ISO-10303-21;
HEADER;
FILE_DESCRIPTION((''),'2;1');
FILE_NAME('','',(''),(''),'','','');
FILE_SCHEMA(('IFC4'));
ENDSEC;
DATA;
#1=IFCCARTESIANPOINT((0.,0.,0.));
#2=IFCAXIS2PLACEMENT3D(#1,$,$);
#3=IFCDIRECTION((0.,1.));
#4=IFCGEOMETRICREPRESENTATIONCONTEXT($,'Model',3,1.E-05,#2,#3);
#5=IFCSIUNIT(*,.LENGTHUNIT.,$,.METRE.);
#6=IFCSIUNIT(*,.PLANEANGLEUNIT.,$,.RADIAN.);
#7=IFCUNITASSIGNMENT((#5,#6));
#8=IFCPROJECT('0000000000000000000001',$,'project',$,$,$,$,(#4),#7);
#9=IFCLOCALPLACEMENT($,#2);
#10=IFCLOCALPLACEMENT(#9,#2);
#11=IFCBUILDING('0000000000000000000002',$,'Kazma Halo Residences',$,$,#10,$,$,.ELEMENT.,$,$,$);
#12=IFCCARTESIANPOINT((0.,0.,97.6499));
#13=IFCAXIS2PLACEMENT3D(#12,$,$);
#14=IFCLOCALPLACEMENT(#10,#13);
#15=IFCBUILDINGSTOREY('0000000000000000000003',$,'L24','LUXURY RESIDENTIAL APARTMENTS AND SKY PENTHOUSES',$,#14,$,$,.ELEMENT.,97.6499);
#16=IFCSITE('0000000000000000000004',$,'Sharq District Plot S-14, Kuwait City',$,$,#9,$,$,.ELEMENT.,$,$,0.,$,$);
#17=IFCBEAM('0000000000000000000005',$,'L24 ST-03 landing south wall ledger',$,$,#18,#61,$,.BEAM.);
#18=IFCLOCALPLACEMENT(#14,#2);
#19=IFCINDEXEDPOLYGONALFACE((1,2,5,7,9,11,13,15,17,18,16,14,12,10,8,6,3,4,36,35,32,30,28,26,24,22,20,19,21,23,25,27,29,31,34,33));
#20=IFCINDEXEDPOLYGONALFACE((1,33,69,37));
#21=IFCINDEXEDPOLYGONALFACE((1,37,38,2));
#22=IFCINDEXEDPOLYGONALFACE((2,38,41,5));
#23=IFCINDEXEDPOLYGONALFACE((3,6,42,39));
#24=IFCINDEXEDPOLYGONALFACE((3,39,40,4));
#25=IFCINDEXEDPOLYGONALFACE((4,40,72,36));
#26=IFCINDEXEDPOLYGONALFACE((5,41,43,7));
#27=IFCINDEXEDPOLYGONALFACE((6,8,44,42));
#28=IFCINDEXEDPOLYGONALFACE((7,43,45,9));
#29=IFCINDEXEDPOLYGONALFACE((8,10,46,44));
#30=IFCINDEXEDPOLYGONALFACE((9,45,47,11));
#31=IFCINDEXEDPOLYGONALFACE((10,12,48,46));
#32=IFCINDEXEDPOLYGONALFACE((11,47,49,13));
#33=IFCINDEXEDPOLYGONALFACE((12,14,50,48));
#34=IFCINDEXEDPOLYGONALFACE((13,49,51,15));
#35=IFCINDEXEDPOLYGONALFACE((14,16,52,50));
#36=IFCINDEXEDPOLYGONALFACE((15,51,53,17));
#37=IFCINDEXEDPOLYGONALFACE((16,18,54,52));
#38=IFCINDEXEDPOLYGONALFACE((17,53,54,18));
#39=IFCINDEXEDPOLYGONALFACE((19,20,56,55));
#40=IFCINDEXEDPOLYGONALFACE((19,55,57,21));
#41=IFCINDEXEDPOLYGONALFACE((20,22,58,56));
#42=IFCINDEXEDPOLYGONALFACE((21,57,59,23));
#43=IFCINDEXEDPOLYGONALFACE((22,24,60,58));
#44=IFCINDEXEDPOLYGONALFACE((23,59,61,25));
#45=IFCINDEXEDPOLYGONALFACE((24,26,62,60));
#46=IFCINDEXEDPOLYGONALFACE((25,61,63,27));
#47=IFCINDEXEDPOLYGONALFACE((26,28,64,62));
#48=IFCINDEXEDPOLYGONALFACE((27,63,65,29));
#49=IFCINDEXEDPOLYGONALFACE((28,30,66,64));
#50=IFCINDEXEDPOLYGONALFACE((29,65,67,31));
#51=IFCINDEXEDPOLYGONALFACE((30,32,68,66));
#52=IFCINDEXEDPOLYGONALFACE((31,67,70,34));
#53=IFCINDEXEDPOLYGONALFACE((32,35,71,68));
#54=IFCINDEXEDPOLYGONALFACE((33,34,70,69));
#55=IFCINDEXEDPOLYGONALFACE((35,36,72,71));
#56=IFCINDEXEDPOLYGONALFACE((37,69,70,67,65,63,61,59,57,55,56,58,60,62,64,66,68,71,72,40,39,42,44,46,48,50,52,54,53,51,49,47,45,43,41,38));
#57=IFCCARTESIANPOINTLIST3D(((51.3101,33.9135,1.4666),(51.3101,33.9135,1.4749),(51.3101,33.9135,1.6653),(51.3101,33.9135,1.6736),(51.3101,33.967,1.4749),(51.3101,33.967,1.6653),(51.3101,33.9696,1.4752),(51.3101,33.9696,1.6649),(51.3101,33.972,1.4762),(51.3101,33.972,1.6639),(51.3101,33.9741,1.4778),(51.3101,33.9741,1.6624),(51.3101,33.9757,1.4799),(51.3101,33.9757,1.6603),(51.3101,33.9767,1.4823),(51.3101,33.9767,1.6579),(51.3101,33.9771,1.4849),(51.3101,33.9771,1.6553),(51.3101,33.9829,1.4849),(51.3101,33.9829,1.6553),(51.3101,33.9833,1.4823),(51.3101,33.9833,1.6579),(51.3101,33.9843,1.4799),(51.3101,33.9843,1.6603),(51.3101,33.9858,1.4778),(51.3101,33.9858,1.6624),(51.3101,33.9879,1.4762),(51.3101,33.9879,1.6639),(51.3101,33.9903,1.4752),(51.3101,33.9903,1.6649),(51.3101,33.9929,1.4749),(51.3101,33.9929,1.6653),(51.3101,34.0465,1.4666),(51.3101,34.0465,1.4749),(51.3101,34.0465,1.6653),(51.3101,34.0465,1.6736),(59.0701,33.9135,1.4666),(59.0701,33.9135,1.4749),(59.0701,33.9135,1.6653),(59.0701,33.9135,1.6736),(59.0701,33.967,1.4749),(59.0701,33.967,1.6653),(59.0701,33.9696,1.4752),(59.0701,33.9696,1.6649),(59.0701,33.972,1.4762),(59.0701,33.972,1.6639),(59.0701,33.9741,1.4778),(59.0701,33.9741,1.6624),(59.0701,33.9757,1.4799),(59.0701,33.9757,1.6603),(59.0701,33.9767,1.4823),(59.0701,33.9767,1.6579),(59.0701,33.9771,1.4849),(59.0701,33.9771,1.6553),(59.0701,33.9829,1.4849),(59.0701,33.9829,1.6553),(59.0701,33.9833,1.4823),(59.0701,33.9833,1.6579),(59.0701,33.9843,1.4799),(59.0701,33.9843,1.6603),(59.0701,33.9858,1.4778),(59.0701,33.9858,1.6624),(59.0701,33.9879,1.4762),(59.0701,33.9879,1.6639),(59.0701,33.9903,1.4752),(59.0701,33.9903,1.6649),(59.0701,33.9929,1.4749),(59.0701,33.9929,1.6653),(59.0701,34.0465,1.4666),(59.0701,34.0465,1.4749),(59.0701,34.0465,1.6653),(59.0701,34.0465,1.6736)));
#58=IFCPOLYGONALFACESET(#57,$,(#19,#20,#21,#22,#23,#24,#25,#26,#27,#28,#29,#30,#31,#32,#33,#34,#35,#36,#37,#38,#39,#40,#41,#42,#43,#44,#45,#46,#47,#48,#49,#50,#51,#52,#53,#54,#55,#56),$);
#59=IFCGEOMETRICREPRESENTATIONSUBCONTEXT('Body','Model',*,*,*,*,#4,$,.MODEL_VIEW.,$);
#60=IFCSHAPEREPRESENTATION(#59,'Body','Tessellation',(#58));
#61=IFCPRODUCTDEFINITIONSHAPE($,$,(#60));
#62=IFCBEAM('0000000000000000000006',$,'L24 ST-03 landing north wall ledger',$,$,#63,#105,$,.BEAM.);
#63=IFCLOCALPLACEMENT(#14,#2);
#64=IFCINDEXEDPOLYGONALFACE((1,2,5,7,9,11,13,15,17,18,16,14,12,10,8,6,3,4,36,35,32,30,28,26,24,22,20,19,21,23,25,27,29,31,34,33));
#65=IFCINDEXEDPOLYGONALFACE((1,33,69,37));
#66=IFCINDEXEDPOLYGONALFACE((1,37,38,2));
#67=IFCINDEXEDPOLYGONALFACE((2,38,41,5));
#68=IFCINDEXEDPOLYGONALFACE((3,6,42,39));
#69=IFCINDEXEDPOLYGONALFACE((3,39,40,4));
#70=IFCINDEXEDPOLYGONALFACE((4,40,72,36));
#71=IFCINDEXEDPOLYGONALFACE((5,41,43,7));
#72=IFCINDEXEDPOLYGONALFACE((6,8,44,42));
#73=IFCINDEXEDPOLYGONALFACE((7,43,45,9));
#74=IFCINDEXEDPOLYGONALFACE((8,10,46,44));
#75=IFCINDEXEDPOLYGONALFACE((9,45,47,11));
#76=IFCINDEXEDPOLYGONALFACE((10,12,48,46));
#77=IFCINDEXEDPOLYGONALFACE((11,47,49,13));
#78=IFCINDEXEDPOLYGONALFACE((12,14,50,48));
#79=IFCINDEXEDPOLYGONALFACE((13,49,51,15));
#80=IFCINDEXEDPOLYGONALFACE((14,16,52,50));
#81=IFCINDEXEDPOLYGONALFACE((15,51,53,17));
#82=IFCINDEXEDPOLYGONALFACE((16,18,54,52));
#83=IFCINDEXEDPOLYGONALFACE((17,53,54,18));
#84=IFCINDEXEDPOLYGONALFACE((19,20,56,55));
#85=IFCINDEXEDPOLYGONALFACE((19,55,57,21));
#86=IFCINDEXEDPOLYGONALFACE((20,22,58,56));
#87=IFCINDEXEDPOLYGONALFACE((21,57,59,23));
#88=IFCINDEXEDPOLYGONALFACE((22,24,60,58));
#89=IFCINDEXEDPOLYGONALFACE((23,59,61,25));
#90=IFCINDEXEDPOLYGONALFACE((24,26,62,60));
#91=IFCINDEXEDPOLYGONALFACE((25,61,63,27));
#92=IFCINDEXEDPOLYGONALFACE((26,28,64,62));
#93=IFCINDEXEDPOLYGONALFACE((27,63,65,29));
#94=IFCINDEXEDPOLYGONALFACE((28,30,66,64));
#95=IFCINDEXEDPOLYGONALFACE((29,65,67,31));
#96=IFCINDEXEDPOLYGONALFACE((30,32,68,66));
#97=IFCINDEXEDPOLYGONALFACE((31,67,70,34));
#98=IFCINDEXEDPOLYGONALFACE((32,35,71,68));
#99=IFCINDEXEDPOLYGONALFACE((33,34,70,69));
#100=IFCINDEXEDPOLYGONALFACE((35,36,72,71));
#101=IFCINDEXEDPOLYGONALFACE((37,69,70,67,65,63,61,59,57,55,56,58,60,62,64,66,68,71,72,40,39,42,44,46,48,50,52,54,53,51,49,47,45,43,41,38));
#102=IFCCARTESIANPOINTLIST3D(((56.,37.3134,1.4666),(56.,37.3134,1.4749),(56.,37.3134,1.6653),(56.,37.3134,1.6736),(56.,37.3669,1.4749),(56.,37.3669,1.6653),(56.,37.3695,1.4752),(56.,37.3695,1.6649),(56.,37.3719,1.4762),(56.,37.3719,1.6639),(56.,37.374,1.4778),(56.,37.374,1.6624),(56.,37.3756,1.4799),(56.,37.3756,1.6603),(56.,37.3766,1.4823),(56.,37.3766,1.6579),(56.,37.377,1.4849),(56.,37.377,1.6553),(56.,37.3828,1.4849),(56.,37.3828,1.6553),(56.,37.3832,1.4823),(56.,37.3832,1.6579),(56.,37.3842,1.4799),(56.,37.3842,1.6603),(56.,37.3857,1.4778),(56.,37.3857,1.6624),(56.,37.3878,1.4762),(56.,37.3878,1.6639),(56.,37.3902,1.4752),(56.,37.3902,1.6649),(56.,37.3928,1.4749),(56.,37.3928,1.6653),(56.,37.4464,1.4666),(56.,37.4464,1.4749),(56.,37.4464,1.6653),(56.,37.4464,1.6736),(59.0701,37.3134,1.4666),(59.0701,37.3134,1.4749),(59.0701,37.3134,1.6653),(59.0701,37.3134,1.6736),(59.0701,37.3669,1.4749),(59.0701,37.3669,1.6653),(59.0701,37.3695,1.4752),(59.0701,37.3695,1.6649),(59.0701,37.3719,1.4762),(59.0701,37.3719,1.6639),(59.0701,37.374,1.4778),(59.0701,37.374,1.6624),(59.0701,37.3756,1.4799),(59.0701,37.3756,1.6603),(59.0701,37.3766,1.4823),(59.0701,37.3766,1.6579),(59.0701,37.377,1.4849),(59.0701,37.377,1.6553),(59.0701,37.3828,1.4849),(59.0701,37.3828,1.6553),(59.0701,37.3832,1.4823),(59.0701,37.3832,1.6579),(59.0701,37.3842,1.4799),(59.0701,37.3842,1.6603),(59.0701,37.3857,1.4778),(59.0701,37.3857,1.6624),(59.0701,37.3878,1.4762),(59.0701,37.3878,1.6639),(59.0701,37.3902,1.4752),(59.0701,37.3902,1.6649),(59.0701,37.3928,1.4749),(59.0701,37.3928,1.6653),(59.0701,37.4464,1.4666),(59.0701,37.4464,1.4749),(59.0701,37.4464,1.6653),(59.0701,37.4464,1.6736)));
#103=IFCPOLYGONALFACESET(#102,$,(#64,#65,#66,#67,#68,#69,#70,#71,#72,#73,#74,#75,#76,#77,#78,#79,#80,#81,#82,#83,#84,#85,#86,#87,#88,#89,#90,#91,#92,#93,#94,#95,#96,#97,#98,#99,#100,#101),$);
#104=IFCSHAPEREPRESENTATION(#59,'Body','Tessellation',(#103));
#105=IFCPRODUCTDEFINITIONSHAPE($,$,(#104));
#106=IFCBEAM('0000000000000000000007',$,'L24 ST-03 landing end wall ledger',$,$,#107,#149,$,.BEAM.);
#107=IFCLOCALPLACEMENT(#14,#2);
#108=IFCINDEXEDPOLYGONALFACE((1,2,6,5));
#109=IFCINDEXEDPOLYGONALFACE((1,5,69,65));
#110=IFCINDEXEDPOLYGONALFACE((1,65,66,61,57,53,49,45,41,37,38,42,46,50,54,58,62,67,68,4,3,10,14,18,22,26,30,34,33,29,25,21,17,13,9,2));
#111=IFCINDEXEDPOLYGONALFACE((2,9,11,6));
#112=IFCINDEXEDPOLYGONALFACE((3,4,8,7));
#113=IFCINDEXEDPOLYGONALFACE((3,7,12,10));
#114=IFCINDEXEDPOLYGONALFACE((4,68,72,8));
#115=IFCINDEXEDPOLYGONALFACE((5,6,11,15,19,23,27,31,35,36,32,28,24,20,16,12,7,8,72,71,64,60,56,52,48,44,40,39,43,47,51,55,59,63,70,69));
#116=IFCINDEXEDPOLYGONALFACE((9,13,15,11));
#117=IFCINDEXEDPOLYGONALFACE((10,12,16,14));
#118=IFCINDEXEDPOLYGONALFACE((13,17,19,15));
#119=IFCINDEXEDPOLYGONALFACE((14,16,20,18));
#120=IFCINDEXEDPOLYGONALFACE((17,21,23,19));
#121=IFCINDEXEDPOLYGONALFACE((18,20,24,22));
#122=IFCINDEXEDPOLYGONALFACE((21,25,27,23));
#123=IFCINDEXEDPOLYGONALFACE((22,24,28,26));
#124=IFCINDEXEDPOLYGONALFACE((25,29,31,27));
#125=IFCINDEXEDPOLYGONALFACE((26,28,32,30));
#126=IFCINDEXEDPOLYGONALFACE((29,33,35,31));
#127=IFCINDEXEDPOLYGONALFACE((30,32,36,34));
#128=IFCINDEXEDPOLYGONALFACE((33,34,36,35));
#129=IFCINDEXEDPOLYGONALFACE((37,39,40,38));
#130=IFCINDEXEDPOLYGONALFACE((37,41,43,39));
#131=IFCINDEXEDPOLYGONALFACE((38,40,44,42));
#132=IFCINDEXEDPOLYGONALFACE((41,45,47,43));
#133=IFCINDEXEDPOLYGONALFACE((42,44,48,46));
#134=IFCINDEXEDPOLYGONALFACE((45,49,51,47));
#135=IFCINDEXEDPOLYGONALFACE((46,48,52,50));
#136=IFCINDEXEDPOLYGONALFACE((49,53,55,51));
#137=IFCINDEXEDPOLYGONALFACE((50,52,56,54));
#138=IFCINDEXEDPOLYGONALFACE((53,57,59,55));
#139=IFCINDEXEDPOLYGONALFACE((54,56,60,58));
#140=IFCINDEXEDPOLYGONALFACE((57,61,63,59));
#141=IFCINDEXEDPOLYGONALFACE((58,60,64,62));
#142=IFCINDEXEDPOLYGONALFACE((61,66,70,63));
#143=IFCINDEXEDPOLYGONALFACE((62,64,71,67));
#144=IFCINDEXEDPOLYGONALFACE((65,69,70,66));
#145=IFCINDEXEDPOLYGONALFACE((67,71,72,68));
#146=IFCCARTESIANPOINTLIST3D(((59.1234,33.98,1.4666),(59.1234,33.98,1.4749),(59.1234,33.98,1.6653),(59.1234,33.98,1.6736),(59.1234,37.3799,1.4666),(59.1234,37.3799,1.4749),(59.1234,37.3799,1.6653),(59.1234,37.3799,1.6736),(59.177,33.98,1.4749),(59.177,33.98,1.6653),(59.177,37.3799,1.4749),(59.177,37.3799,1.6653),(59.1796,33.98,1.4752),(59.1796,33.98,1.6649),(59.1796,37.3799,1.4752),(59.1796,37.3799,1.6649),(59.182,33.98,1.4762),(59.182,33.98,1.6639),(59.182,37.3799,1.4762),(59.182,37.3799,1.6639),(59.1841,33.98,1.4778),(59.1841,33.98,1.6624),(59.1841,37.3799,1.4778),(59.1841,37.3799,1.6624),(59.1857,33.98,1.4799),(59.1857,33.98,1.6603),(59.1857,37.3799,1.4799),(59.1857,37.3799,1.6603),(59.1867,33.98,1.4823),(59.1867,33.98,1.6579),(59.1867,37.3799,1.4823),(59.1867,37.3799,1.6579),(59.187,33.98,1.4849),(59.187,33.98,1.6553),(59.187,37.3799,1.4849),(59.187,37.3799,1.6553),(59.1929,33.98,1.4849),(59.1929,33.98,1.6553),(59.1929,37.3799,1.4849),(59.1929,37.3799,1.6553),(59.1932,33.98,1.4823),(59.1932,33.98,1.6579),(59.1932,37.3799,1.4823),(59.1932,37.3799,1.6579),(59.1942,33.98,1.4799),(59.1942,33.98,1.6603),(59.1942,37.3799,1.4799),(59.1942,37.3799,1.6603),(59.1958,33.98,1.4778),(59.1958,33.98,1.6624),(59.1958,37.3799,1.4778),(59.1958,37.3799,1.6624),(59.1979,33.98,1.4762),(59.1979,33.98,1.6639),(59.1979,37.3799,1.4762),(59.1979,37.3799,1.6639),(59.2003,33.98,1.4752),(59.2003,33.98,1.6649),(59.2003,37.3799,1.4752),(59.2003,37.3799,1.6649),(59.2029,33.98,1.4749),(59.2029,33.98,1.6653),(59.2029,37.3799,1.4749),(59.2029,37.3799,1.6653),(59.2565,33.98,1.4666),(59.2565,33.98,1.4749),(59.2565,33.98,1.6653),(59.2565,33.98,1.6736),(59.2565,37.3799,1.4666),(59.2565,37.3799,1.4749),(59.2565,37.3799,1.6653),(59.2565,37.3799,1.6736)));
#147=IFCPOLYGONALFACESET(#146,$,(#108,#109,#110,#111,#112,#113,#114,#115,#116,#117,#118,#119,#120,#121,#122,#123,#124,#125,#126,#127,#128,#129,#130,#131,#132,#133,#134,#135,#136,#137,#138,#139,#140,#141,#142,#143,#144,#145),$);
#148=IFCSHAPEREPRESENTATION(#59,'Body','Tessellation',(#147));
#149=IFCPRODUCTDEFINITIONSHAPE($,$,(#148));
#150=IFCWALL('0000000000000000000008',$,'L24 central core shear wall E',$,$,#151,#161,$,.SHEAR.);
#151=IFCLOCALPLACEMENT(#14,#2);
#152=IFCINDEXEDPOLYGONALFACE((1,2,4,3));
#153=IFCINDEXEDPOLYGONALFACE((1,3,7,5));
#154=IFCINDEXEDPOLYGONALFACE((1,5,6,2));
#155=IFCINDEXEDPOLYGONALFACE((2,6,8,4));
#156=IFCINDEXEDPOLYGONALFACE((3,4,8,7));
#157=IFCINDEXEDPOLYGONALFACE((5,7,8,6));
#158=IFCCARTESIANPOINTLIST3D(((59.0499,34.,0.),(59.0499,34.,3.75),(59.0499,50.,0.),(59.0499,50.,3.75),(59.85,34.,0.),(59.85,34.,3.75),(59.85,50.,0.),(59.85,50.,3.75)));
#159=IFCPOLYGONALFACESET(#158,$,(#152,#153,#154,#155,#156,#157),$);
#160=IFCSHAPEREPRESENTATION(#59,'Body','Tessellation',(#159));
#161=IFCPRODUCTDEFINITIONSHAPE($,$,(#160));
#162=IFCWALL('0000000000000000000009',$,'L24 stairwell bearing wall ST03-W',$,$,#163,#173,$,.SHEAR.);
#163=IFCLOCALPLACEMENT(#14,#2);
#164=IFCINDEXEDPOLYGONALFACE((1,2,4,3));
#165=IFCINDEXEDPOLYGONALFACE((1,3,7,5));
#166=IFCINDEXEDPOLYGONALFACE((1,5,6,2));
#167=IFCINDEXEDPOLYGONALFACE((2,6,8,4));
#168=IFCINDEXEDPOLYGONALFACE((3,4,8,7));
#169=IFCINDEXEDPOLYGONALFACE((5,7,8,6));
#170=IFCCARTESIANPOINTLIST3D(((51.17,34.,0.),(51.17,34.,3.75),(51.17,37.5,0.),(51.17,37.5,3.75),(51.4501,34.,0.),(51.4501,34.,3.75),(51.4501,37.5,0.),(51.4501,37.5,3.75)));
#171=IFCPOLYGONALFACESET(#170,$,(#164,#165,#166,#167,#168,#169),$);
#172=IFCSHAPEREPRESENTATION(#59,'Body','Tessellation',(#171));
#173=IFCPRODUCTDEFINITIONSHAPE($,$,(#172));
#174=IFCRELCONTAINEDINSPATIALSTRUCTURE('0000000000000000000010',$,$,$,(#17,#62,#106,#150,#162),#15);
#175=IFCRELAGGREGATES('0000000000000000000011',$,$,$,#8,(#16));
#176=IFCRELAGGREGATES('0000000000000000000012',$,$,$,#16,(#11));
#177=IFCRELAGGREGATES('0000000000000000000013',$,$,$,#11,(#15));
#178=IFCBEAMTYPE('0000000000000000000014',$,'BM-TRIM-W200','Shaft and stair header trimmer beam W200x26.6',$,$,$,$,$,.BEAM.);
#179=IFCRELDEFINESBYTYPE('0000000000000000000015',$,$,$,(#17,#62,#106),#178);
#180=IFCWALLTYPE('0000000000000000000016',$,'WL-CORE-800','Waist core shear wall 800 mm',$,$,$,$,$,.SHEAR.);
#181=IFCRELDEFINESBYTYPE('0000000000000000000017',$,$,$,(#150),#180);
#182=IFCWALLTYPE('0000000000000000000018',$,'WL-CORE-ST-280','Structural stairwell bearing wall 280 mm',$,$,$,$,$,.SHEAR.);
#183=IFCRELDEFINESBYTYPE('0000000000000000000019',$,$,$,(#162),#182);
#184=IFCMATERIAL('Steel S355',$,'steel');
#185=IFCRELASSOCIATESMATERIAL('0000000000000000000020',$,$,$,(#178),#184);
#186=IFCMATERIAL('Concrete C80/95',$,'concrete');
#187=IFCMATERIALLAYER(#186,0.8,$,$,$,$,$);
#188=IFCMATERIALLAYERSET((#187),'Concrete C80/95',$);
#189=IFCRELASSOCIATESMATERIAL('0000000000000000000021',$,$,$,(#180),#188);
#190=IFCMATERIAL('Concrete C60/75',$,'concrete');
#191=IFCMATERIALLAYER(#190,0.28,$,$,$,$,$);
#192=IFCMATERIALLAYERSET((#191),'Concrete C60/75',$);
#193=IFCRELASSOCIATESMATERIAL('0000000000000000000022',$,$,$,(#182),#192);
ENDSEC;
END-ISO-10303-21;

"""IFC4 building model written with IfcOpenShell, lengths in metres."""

from ifc_helpers import new_model, si_unit, direction, frame, frame_2d, origin, origin_2d, place, context, subcontext, project, spatial, rectangle, i_section, extrude, material, layer, layer_set, material_profile, profile_set, type_object, element, save


model = new_model("IFC4")

# Units and contexts
model_context = context("Model", 3, precision=1e-05, world=origin(), true_north=direction((0.0, 1.0)))
body_context = subcontext(model_context, "Body", "Model", "MODEL_VIEW")
ifc_project = project(units=[si_unit("LENGTHUNIT", "METRE"), si_unit("PLANEANGLEUNIT", "RADIAN")], contexts=[model_context])

# Site, building, storey
site_placement = place(None, origin())
site = spatial("IfcSite", under=ifc_project, at=site_placement, Name="Sharq District Plot S-14, Kuwait City", CompositionType="ELEMENT", RefElevation=0.0)
building_placement = place(site_placement, origin())
building = spatial("IfcBuilding", under=site, at=building_placement, Name="Kazma Halo Residences", CompositionType="ELEMENT")
storey_placement = place(building_placement, frame((0.0, 0.0, 97.6499)))
storey = spatial("IfcBuildingStorey", under=building, at=storey_placement, Name="L24", Description="LUXURY RESIDENTIAL APARTMENTS AND SKY PENTHOUSES", CompositionType="ELEMENT", Elevation=97.6499)

# Shared definitions
ifc_material_1 = material(Name="Steel S355", Category="steel")

# Beams
ifc_material_profile_1 = material_profile(ifc_material_1, i_section(OverallWidth=0.1331, OverallDepth=0.207, WebThickness=0.0059, FlangeThickness=0.0083, FilletRadius=0.01, at=origin_2d()), Name="W200x26.6")
ifc_profile_set_1 = profile_set([ifc_material_profile_1], Name="Steel S355")
beam_type_1 = type_object("IfcBeamType", Name="BM-TRIM-W200", Description="Shaft and stair header trimmer beam W200x26.6", PredefinedType="BEAM", material=ifc_profile_set_1)
beam_1_placement = place(storey_placement, frame((51.3101, 33.98, 1.5701), z_axis=(1.0, 0.0, 0.0), x_axis=(0.0, 1.0, 0.0)))
element("IfcBeam", 1, at=beam_1_placement, inside=storey, type_object=beam_type_1, Name="L24 ST-03 landing south wall ledger", PredefinedType="BEAM", context=body_context, shape_type="SweptSolid", body=[
    extrude(i_section(OverallWidth=0.1331, OverallDepth=0.207, WebThickness=0.0059, FlangeThickness=0.0083, FilletRadius=0.01, at=origin_2d()), origin(), (0.0, 0.0, 1.0), 7.76),
])
beam_2_placement = place(storey_placement, frame((56.0, 37.3799, 1.5701), z_axis=(1.0, 0.0, 0.0), x_axis=(0.0, 1.0, 0.0)))
element("IfcBeam", 2, at=beam_2_placement, inside=storey, type_object=beam_type_1, Name="L24 ST-03 landing north wall ledger", PredefinedType="BEAM", context=body_context, shape_type="SweptSolid", body=[
    extrude(i_section(OverallWidth=0.1331, OverallDepth=0.207, WebThickness=0.0059, FlangeThickness=0.0083, FilletRadius=0.01, at=origin_2d()), origin(), (0.0, 0.0, 1.0), 3.0701),
])
beam_3_placement = place(storey_placement, frame((59.1899, 33.98, 1.5701), z_axis=(0.0, 1.0, 0.0), x_axis=(-1.0, 0.0, 0.0)))
element("IfcBeam", 3, at=beam_3_placement, inside=storey, type_object=beam_type_1, Name="L24 ST-03 landing end wall ledger", PredefinedType="BEAM", context=body_context, shape_type="SweptSolid", body=[
    extrude(i_section(OverallWidth=0.1331, OverallDepth=0.207, WebThickness=0.0059, FlangeThickness=0.0083, FilletRadius=0.01, at=origin_2d()), origin(), (0.0, 0.0, 1.0), 3.3999),
])

# Walls
ifc_material_2 = material(Name="Concrete C80/95", Category="concrete")
ifc_layer_1 = layer(ifc_material_2, 0.8)
ifc_layer_set_1 = layer_set([ifc_layer_1], Name="Concrete C80/95")
wall_type_1 = type_object("IfcWallType", Name="WL-CORE-800", Description="Waist core shear wall 800 mm", PredefinedType="SHEAR", material=ifc_layer_set_1)
wall_1_placement = place(storey_placement, frame((59.45, 34.0, 0.0), z_axis=(0.0, 0.0, 1.0), x_axis=(0.0, 1.0, 0.0)))
element("IfcWall", 4, at=wall_1_placement, inside=storey, type_object=wall_type_1, Name="L24 central core shear wall E", PredefinedType="SHEAR", context=body_context, shape_type="SweptSolid", body=[
    extrude(rectangle(XDim=16.0, YDim=0.8, at=frame_2d((8.0, 0.0))), origin(), (0.0, 0.0, 1.0), 3.75),
])
ifc_material_3 = material(Name="Concrete C60/75", Category="concrete")
ifc_layer_2 = layer(ifc_material_3, 0.28)
ifc_layer_set_2 = layer_set([ifc_layer_2], Name="Concrete C60/75")
wall_type_2 = type_object("IfcWallType", Name="WL-CORE-ST-280", Description="Structural stairwell bearing wall 280 mm", PredefinedType="SHEAR", material=ifc_layer_set_2)
wall_2_placement = place(storey_placement, frame((51.3101, 34.0, 0.0), z_axis=(0.0, 0.0, 1.0), x_axis=(0.0, 1.0, 0.0)))
element("IfcWall", 5, at=wall_2_placement, inside=storey, type_object=wall_type_2, Name="L24 stairwell bearing wall ST03-W", PredefinedType="SHEAR", context=body_context, shape_type="SweptSolid", body=[
    extrude(rectangle(XDim=3.5, YDim=0.28, at=frame_2d((1.75, 0.0))), origin(), (0.0, 0.0, 1.0), 3.75),
])

save(model, "model.ifc")
